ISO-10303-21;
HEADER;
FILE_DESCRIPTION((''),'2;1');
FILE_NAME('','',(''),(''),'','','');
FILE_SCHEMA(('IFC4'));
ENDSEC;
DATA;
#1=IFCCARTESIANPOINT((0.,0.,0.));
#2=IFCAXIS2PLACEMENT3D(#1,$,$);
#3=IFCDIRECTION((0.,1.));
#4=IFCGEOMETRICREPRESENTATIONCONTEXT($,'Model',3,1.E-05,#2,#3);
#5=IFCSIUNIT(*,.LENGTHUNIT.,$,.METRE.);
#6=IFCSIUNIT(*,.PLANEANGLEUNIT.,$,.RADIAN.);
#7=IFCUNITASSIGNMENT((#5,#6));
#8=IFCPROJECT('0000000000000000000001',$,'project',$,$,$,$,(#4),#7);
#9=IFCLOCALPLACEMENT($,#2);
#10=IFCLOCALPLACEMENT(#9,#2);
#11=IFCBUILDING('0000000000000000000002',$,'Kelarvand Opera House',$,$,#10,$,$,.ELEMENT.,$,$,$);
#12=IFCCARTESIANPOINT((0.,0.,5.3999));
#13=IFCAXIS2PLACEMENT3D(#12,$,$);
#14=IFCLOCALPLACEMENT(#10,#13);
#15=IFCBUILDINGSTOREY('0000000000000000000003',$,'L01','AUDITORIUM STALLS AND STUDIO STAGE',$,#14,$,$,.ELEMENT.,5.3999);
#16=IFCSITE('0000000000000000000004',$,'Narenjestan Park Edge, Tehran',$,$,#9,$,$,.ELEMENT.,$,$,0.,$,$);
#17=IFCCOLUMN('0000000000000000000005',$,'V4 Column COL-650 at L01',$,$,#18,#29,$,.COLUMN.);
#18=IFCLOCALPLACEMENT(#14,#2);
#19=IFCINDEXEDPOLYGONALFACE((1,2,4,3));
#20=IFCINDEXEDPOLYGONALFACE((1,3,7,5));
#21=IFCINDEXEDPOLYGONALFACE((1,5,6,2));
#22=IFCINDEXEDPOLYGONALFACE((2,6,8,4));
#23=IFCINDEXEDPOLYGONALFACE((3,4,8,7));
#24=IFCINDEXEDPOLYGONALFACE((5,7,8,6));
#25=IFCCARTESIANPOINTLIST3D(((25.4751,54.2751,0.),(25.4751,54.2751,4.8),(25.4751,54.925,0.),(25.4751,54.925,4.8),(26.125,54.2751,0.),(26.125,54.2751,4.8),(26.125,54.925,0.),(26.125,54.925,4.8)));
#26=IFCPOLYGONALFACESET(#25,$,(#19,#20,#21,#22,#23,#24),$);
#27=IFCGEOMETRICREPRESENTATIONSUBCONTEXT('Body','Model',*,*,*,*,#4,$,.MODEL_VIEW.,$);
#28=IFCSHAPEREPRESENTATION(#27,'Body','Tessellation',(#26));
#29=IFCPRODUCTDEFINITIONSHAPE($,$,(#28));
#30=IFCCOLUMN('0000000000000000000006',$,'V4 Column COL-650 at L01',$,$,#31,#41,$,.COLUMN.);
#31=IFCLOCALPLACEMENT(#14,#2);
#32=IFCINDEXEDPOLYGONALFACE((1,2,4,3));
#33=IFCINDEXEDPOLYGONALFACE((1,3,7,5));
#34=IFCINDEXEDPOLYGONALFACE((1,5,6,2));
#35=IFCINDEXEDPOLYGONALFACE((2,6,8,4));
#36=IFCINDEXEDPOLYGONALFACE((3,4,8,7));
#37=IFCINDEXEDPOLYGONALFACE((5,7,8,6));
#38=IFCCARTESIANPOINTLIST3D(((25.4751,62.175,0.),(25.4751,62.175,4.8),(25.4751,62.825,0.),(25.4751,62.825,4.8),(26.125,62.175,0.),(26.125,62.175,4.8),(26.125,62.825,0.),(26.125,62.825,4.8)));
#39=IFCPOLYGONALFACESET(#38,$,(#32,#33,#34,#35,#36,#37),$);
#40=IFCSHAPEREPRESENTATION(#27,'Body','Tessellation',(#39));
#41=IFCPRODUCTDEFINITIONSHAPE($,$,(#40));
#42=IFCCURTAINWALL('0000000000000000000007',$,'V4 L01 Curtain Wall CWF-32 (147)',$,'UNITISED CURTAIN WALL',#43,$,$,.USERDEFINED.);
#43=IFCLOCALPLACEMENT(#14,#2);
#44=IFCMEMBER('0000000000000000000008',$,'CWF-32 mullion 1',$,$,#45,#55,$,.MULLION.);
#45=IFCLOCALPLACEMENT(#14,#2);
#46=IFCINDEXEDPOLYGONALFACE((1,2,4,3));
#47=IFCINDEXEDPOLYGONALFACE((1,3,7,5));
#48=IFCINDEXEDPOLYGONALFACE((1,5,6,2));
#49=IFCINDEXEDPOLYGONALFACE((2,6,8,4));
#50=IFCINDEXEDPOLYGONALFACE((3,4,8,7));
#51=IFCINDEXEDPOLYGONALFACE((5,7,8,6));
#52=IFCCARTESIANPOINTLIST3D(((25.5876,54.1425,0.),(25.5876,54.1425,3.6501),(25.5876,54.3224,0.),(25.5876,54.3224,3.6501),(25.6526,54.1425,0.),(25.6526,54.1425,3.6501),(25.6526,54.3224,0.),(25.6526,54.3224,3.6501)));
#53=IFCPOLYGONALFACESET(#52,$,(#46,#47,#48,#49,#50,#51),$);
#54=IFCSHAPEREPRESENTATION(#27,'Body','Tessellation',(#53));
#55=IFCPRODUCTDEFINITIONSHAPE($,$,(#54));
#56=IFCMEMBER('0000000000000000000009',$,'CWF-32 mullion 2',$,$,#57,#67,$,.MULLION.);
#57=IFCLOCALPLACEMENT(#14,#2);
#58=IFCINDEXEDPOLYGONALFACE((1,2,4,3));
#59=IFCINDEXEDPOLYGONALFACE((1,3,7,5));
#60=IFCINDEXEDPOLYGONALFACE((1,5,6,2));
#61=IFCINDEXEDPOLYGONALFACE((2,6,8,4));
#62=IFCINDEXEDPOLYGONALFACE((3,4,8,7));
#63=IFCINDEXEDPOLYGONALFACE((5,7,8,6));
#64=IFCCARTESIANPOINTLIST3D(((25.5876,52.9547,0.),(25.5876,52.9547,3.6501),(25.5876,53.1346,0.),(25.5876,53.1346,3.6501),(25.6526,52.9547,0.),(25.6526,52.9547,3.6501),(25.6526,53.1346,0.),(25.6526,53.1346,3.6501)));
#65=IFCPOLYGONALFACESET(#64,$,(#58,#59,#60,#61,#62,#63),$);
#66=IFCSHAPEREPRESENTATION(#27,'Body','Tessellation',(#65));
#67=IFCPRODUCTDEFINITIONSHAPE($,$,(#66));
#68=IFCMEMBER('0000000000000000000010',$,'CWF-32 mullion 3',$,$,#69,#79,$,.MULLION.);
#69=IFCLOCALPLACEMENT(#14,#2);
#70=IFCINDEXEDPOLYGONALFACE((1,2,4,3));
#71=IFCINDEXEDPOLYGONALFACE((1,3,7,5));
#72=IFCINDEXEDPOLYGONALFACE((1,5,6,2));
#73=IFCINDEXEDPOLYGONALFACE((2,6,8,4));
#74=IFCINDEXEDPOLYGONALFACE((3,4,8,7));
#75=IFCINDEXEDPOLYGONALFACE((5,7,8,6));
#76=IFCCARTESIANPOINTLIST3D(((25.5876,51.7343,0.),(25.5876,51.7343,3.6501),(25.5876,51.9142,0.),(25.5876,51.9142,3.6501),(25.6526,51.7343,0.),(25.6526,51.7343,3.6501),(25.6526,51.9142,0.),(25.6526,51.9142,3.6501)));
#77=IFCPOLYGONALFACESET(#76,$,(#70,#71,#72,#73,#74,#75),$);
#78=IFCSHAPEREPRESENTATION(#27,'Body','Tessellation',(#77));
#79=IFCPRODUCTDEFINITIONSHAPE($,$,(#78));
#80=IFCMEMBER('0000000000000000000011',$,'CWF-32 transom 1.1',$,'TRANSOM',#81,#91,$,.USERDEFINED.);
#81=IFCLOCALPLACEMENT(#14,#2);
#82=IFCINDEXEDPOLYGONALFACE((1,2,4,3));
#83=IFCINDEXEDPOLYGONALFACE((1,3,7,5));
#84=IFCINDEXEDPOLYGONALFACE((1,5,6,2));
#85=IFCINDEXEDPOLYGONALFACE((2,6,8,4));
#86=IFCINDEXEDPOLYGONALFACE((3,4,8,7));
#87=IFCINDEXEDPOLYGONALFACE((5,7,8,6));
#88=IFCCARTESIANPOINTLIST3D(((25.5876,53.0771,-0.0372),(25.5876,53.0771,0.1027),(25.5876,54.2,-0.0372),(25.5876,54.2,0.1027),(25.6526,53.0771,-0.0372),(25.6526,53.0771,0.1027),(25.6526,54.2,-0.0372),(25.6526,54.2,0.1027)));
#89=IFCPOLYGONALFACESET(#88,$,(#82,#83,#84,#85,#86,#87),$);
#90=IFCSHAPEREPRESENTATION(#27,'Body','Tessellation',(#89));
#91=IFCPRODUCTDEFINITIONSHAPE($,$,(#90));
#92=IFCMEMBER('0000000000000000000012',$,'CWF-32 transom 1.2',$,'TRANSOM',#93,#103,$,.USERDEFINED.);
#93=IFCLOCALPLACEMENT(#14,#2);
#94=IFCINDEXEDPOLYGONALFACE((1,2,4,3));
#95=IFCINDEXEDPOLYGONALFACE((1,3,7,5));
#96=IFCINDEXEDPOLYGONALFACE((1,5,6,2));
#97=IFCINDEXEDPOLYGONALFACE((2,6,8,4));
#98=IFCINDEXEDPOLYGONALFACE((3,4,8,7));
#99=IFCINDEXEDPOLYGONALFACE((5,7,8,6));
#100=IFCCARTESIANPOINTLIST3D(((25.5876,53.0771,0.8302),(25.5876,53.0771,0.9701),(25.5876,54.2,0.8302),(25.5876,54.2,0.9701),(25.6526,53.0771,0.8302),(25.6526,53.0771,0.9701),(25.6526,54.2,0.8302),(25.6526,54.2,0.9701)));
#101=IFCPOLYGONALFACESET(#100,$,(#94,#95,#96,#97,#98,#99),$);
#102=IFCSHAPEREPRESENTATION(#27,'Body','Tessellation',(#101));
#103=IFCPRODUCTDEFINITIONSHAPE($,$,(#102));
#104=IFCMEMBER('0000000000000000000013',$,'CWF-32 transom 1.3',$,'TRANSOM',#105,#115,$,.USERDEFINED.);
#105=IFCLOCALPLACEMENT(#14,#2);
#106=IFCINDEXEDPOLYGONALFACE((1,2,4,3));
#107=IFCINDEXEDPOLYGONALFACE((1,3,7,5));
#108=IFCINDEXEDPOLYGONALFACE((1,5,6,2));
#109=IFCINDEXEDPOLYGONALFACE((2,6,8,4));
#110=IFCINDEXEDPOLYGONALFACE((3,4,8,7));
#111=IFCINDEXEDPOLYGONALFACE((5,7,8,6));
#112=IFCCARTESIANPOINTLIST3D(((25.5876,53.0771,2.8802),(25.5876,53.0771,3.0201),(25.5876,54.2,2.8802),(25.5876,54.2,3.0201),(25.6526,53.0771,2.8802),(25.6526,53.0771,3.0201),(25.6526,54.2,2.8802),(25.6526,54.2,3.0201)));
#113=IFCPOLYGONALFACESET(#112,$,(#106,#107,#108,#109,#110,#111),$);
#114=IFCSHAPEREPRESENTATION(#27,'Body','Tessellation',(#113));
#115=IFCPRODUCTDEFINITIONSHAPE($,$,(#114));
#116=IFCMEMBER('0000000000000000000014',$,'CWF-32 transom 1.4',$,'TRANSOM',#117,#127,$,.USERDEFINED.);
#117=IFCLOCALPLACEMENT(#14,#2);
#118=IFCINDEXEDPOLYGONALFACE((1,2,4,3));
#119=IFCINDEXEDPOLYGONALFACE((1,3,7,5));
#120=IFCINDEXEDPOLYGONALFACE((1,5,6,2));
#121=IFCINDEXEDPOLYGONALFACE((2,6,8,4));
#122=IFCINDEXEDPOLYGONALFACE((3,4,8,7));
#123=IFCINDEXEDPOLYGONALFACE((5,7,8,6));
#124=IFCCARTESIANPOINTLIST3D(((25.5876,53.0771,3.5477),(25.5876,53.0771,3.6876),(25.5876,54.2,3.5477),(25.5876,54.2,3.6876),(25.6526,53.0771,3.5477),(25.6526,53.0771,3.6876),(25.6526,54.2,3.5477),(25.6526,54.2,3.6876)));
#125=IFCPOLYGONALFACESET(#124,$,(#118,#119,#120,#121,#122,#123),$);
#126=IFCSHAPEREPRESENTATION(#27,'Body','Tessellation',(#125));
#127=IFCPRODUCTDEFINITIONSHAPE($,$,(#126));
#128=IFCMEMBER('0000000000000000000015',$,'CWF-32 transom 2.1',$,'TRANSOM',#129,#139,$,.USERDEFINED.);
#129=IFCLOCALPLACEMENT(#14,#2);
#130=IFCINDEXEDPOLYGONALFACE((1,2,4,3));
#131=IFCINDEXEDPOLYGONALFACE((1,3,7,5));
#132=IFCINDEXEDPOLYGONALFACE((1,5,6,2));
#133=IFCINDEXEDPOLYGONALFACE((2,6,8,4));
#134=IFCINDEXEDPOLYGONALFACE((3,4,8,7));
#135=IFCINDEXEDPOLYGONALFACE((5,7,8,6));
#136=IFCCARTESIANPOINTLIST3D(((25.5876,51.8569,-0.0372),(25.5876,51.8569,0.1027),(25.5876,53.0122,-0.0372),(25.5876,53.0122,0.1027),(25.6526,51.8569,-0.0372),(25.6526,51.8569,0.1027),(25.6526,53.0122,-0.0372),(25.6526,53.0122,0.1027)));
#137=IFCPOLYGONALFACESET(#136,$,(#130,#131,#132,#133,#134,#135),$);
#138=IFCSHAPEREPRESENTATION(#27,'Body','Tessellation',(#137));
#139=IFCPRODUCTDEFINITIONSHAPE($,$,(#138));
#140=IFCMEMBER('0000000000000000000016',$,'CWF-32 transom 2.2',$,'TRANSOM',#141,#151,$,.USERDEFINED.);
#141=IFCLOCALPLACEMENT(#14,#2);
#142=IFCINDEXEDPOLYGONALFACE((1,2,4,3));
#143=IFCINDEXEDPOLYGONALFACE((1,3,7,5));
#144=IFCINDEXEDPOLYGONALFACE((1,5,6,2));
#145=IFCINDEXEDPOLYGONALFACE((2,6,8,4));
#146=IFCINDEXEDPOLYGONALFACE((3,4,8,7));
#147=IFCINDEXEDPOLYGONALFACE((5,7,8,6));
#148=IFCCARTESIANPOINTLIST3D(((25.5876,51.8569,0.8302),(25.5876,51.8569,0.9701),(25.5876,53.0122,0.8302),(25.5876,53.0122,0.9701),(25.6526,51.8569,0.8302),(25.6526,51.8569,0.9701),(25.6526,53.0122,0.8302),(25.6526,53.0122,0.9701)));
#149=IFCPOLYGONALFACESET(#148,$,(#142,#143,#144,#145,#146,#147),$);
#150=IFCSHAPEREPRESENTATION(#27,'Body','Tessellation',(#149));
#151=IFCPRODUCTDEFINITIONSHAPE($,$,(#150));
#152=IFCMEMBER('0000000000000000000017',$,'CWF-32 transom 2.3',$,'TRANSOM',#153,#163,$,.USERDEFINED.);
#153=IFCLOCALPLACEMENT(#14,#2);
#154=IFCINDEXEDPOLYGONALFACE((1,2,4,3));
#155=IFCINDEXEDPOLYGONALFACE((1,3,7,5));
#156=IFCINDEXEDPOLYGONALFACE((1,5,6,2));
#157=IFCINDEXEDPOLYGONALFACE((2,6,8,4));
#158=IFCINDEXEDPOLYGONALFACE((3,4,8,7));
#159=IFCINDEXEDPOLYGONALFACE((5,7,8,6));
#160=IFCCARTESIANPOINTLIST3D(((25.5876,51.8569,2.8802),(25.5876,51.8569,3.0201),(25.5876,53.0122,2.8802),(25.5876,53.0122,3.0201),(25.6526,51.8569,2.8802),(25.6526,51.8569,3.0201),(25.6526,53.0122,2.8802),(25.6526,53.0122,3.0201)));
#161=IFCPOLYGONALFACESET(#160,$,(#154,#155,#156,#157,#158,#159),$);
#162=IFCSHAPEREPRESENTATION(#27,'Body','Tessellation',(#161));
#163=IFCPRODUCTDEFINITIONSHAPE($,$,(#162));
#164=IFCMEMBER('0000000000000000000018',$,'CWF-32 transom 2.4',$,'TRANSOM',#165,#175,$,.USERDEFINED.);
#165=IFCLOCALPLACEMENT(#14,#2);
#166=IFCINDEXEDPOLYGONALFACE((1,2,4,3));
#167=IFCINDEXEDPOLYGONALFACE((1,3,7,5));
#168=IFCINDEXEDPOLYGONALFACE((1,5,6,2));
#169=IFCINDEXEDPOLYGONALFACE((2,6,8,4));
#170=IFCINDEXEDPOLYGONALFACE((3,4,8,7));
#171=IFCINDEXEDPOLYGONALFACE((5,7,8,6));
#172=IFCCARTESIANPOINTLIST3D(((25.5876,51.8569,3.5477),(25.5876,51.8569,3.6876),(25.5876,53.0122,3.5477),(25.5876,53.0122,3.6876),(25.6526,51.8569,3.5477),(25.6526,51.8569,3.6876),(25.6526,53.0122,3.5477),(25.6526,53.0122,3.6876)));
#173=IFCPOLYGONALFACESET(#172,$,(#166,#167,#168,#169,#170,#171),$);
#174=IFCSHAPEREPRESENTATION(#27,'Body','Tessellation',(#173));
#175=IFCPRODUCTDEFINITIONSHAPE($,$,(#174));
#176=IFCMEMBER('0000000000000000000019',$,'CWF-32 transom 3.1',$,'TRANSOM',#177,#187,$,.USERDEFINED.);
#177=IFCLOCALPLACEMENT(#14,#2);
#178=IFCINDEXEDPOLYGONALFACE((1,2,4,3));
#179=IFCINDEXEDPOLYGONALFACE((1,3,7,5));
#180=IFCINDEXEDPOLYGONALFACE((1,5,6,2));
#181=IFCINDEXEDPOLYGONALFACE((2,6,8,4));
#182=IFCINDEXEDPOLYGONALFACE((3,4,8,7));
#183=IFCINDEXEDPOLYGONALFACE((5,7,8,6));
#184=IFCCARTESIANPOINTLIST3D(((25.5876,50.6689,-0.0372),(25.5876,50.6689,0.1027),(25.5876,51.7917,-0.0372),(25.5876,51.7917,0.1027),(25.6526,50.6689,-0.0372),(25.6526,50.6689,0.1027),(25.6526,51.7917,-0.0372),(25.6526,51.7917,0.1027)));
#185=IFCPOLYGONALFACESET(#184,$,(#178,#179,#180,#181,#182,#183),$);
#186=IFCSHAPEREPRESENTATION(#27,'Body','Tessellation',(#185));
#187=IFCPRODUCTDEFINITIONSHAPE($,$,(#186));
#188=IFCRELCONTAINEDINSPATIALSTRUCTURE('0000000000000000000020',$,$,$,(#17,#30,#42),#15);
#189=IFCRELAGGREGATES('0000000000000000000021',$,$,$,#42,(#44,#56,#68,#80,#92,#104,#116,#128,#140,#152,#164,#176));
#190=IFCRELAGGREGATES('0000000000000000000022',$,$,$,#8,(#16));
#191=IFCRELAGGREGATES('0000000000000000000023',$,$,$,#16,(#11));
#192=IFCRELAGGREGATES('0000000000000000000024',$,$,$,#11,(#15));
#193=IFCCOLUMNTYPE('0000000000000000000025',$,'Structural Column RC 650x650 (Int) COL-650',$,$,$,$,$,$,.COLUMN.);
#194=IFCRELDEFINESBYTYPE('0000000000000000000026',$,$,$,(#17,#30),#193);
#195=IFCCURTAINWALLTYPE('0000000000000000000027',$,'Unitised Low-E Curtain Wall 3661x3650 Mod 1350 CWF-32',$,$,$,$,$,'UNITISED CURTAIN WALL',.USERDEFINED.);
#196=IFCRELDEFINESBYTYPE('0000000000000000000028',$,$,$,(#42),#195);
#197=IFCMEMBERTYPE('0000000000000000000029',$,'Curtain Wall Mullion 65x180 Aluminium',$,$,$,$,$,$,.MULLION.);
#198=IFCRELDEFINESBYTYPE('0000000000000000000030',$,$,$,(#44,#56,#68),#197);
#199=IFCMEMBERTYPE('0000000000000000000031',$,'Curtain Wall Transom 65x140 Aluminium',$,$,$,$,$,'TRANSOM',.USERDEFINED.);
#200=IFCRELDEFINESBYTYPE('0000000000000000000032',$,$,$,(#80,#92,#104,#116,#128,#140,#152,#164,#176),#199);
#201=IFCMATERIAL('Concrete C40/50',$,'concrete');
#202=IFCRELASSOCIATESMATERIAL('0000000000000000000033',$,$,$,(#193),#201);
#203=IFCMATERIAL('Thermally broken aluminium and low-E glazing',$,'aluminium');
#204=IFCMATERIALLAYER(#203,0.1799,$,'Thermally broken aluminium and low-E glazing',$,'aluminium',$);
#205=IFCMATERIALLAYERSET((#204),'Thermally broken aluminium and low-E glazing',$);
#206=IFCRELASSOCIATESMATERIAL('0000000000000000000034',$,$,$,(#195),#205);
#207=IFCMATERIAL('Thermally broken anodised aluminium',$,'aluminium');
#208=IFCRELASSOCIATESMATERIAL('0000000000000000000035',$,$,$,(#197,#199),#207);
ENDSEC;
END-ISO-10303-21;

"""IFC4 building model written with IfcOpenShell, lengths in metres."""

from ifc_helpers import new_model, si_unit, direction, frame, origin, origin_2d, place, context, subcontext, project, spatial, rectangle, extrude, material, layer, layer_set, material_profile, profile_set, type_object, element, aggregate, save


model = new_model("IFC4")

# Units and contexts
model_context = context("Model", 3, precision=1e-05, world=origin(), true_north=direction((0.0, 1.0)))
body_context = subcontext(model_context, "Body", "Model", "MODEL_VIEW")
ifc_project = project(units=[si_unit("LENGTHUNIT", "METRE"), si_unit("PLANEANGLEUNIT", "RADIAN")], contexts=[model_context])

# Site, building, storey
site_placement = place(None, origin())
site = spatial("IfcSite", under=ifc_project, at=site_placement, Name="Narenjestan Park Edge, Tehran", CompositionType="ELEMENT", RefElevation=0.0)
building_placement = place(site_placement, origin())
building = spatial("IfcBuilding", under=site, at=building_placement, Name="Kelarvand Opera House", CompositionType="ELEMENT")
storey_placement = place(building_placement, frame((0.0, 0.0, 5.3999)))
storey = spatial("IfcBuildingStorey", under=building, at=storey_placement, Name="L01", Description="AUDITORIUM STALLS AND STUDIO STAGE", CompositionType="ELEMENT", Elevation=5.3999)

# Columns
ifc_material_1 = material(Name="Concrete C40/50", Category="concrete")
ifc_material_profile_1 = material_profile(ifc_material_1, rectangle(XDim=0.6499, YDim=0.6499, at=origin_2d()), Name="RC 650x650", Category="concrete")
ifc_profile_set_1 = profile_set([ifc_material_profile_1], Name="Concrete C40/50")
column_type = type_object("IfcColumnType", Name="Structural Column RC 650x650 (Int) COL-650", PredefinedType="COLUMN", material=ifc_profile_set_1)
for number, where, z_axis, x_axis, name in (
    (1, (25.8, 54.6001, 0.0), (0.0, 0.0, 1.0), (1.0, 0.0, 0.0), "V4 Column COL-650 at L01"),
    (2, (25.8, 62.5, 0.0), (0.0, 0.0, 1.0), (1.0, 0.0, 0.0), "V4 Column COL-650 at L01"),
):
    element("IfcColumn", number, at=place(storey_placement, frame(where, z_axis=z_axis, x_axis=x_axis)), inside=storey, type_object=column_type, Name=name, PredefinedType="COLUMN", context=body_context, shape_type="SweptSolid", body=[
        extrude(rectangle(XDim=0.6499, YDim=0.6499, at=origin_2d()), origin(), (0.0, 0.0, 1.0), 4.8),
    ])

# Curtain wall, members
ifc_material_2 = material(Name="Thermally broken aluminium and low-E glazing", Category="aluminium")
ifc_layer_1 = layer(ifc_material_2, 0.1799, Name="Thermally broken aluminium and low-E glazing", Category="aluminium")
ifc_layer_set_1 = layer_set([ifc_layer_1], Name="Thermally broken aluminium and low-E glazing")
curtain_wall_type = type_object("IfcCurtainWallType", Name="Unitised Low-E Curtain Wall 3661x3650 Mod 1350 CWF-32", ElementType="UNITISED CURTAIN WALL", PredefinedType="USERDEFINED", material=ifc_layer_set_1)
curtain_wall_placement = place(storey_placement, origin())
curtain_wall = element("IfcCurtainWall", 3, at=curtain_wall_placement, inside=storey, type_object=curtain_wall_type, Name="V4 L01 Curtain Wall CWF-32 (147)", ObjectType="UNITISED CURTAIN WALL", PredefinedType="USERDEFINED")
ifc_material_3 = material(Name="Thermally broken anodised aluminium", Category="aluminium")
ifc_material_profile_2 = material_profile(ifc_material_3, rectangle(XDim=0.0649, YDim=0.1799, at=origin_2d()), Name="ALU MULLION 65x180", Category="aluminium")
ifc_profile_set_2 = profile_set([ifc_material_profile_2], Name="Thermally broken anodised aluminium")
member_type_1 = type_object("IfcMemberType", Name="Curtain Wall Mullion 65x180 Aluminium", PredefinedType="MULLION", material=ifc_profile_set_2)
member_1_placement = place(storey_placement, frame((25.6201, 54.2324, 0.0), z_axis=(0.0, 0.0, 1.0), x_axis=(1.0, 0.0, 0.0)))
member_1 = element("IfcMember", 4, at=member_1_placement, type_object=member_type_1, Name="CWF-32 mullion 1", PredefinedType="MULLION", context=body_context, shape_type="SweptSolid", body=[
    extrude(rectangle(XDim=0.0649, YDim=0.1799, at=origin_2d()), origin(), (0.0, 0.0, 1.0), 3.6501),
])
member_2_placement = place(storey_placement, frame((25.6201, 53.0447, 0.0), z_axis=(0.0, 0.0, 1.0), x_axis=(1.0, 0.0, 0.0)))
member_2 = element("IfcMember", 5, at=member_2_placement, type_object=member_type_1, Name="CWF-32 mullion 2", PredefinedType="MULLION", context=body_context, shape_type="SweptSolid", body=[
    extrude(rectangle(XDim=0.0649, YDim=0.1799, at=origin_2d()), origin(), (0.0, 0.0, 1.0), 3.6501),
])
member_3_placement = place(storey_placement, frame((25.6201, 51.8242, 0.0), z_axis=(0.0, 0.0, 1.0), x_axis=(1.0, 0.0, 0.0)))
member_3 = element("IfcMember", 6, at=member_3_placement, type_object=member_type_1, Name="CWF-32 mullion 3", PredefinedType="MULLION", context=body_context, shape_type="SweptSolid", body=[
    extrude(rectangle(XDim=0.0649, YDim=0.1799, at=origin_2d()), origin(), (0.0, 0.0, 1.0), 3.6501),
])
ifc_material_profile_3 = material_profile(ifc_material_3, rectangle(XDim=0.0649, YDim=0.1399, at=origin_2d()), Name="ALU TRANSOM 65x140", Category="aluminium")
ifc_profile_set_3 = profile_set([ifc_material_profile_3], Name="Thermally broken anodised aluminium")
member_type_2 = type_object("IfcMemberType", Name="Curtain Wall Transom 65x140 Aluminium", ElementType="TRANSOM", PredefinedType="USERDEFINED", material=ifc_profile_set_3)
member_4_placement = place(storey_placement, frame((25.6201, 54.2, 0.0327), z_axis=(0.0, -1.0, 0.0), x_axis=(1.0, 0.0, 0.0)))
member_4 = element("IfcMember", 7, at=member_4_placement, type_object=member_type_2, Name="CWF-32 transom 1.1", ObjectType="TRANSOM", PredefinedType="USERDEFINED", context=body_context, shape_type="SweptSolid", body=[
    extrude(rectangle(XDim=0.0649, YDim=0.1399, at=origin_2d()), origin(), (0.0, 0.0, 1.0), 1.1228),
])
member_5_placement = place(storey_placement, frame((25.6201, 54.2, 0.9001), z_axis=(0.0, -1.0, 0.0), x_axis=(1.0, 0.0, 0.0)))
member_5 = element("IfcMember", 8, at=member_5_placement, type_object=member_type_2, Name="CWF-32 transom 1.2", ObjectType="TRANSOM", PredefinedType="USERDEFINED", context=body_context, shape_type="SweptSolid", body=[
    extrude(rectangle(XDim=0.0649, YDim=0.1399, at=origin_2d()), origin(), (0.0, 0.0, 1.0), 1.1228),
])
member_6_placement = place(storey_placement, frame((25.6201, 54.2, 2.9502), z_axis=(0.0, -1.0, 0.0), x_axis=(1.0, 0.0, 0.0)))
member_6 = element("IfcMember", 9, at=member_6_placement, type_object=member_type_2, Name="CWF-32 transom 1.3", ObjectType="TRANSOM", PredefinedType="USERDEFINED", context=body_context, shape_type="SweptSolid", body=[
    extrude(rectangle(XDim=0.0649, YDim=0.1399, at=origin_2d()), origin(), (0.0, 0.0, 1.0), 1.1228),
])
member_7_placement = place(storey_placement, frame((25.6201, 54.2, 3.6177), z_axis=(0.0, -1.0, 0.0), x_axis=(1.0, 0.0, 0.0)))
member_7 = element("IfcMember", 10, at=member_7_placement, type_object=member_type_2, Name="CWF-32 transom 1.4", ObjectType="TRANSOM", PredefinedType="USERDEFINED", context=body_context, shape_type="SweptSolid", body=[
    extrude(rectangle(XDim=0.0649, YDim=0.1399, at=origin_2d()), origin(), (0.0, 0.0, 1.0), 1.1228),
])
member_8_placement = place(storey_placement, frame((25.6201, 53.0122, 0.0327), z_axis=(0.0, -1.0, 0.0), x_axis=(1.0, 0.0, 0.0)))
member_8 = element("IfcMember", 11, at=member_8_placement, type_object=member_type_2, Name="CWF-32 transom 2.1", ObjectType="TRANSOM", PredefinedType="USERDEFINED", context=body_context, shape_type="SweptSolid", body=[
    extrude(rectangle(XDim=0.0649, YDim=0.1399, at=origin_2d()), origin(), (0.0, 0.0, 1.0), 1.1553),
])
member_9_placement = place(storey_placement, frame((25.6201, 53.0122, 0.9001), z_axis=(0.0, -1.0, 0.0), x_axis=(1.0, 0.0, 0.0)))
member_9 = element("IfcMember", 12, at=member_9_placement, type_object=member_type_2, Name="CWF-32 transom 2.2", ObjectType="TRANSOM", PredefinedType="USERDEFINED", context=body_context, shape_type="SweptSolid", body=[
    extrude(rectangle(XDim=0.0649, YDim=0.1399, at=origin_2d()), origin(), (0.0, 0.0, 1.0), 1.1553),
])
member_10_placement = place(storey_placement, frame((25.6201, 53.0122, 2.9502), z_axis=(0.0, -1.0, 0.0), x_axis=(1.0, 0.0, 0.0)))
member_10 = element("IfcMember", 13, at=member_10_placement, type_object=member_type_2, Name="CWF-32 transom 2.3", ObjectType="TRANSOM", PredefinedType="USERDEFINED", context=body_context, shape_type="SweptSolid", body=[
    extrude(rectangle(XDim=0.0649, YDim=0.1399, at=origin_2d()), origin(), (0.0, 0.0, 1.0), 1.1553),
])
member_11_placement = place(storey_placement, frame((25.6201, 53.0122, 3.6177), z_axis=(0.0, -1.0, 0.0), x_axis=(1.0, 0.0, 0.0)))
member_11 = element("IfcMember", 14, at=member_11_placement, type_object=member_type_2, Name="CWF-32 transom 2.4", ObjectType="TRANSOM", PredefinedType="USERDEFINED", context=body_context, shape_type="SweptSolid", body=[
    extrude(rectangle(XDim=0.0649, YDim=0.1399, at=origin_2d()), origin(), (0.0, 0.0, 1.0), 1.1553),
])
member_12_placement = place(storey_placement, frame((25.6201, 51.7917, 0.0327), z_axis=(0.0, -1.0, 0.0), x_axis=(1.0, 0.0, 0.0)))
member_12 = element("IfcMember", 15, at=member_12_placement, type_object=member_type_2, Name="CWF-32 transom 3.1", ObjectType="TRANSOM", PredefinedType="USERDEFINED", context=body_context, shape_type="SweptSolid", body=[
    extrude(rectangle(XDim=0.0649, YDim=0.1399, at=origin_2d()), origin(), (0.0, 0.0, 1.0), 1.1228),
])

aggregate(curtain_wall, [member_1, member_2, member_3, member_4, member_5, member_6, member_7, member_8, member_9, member_10, member_11, member_12])

save(model, "model.ifc")
